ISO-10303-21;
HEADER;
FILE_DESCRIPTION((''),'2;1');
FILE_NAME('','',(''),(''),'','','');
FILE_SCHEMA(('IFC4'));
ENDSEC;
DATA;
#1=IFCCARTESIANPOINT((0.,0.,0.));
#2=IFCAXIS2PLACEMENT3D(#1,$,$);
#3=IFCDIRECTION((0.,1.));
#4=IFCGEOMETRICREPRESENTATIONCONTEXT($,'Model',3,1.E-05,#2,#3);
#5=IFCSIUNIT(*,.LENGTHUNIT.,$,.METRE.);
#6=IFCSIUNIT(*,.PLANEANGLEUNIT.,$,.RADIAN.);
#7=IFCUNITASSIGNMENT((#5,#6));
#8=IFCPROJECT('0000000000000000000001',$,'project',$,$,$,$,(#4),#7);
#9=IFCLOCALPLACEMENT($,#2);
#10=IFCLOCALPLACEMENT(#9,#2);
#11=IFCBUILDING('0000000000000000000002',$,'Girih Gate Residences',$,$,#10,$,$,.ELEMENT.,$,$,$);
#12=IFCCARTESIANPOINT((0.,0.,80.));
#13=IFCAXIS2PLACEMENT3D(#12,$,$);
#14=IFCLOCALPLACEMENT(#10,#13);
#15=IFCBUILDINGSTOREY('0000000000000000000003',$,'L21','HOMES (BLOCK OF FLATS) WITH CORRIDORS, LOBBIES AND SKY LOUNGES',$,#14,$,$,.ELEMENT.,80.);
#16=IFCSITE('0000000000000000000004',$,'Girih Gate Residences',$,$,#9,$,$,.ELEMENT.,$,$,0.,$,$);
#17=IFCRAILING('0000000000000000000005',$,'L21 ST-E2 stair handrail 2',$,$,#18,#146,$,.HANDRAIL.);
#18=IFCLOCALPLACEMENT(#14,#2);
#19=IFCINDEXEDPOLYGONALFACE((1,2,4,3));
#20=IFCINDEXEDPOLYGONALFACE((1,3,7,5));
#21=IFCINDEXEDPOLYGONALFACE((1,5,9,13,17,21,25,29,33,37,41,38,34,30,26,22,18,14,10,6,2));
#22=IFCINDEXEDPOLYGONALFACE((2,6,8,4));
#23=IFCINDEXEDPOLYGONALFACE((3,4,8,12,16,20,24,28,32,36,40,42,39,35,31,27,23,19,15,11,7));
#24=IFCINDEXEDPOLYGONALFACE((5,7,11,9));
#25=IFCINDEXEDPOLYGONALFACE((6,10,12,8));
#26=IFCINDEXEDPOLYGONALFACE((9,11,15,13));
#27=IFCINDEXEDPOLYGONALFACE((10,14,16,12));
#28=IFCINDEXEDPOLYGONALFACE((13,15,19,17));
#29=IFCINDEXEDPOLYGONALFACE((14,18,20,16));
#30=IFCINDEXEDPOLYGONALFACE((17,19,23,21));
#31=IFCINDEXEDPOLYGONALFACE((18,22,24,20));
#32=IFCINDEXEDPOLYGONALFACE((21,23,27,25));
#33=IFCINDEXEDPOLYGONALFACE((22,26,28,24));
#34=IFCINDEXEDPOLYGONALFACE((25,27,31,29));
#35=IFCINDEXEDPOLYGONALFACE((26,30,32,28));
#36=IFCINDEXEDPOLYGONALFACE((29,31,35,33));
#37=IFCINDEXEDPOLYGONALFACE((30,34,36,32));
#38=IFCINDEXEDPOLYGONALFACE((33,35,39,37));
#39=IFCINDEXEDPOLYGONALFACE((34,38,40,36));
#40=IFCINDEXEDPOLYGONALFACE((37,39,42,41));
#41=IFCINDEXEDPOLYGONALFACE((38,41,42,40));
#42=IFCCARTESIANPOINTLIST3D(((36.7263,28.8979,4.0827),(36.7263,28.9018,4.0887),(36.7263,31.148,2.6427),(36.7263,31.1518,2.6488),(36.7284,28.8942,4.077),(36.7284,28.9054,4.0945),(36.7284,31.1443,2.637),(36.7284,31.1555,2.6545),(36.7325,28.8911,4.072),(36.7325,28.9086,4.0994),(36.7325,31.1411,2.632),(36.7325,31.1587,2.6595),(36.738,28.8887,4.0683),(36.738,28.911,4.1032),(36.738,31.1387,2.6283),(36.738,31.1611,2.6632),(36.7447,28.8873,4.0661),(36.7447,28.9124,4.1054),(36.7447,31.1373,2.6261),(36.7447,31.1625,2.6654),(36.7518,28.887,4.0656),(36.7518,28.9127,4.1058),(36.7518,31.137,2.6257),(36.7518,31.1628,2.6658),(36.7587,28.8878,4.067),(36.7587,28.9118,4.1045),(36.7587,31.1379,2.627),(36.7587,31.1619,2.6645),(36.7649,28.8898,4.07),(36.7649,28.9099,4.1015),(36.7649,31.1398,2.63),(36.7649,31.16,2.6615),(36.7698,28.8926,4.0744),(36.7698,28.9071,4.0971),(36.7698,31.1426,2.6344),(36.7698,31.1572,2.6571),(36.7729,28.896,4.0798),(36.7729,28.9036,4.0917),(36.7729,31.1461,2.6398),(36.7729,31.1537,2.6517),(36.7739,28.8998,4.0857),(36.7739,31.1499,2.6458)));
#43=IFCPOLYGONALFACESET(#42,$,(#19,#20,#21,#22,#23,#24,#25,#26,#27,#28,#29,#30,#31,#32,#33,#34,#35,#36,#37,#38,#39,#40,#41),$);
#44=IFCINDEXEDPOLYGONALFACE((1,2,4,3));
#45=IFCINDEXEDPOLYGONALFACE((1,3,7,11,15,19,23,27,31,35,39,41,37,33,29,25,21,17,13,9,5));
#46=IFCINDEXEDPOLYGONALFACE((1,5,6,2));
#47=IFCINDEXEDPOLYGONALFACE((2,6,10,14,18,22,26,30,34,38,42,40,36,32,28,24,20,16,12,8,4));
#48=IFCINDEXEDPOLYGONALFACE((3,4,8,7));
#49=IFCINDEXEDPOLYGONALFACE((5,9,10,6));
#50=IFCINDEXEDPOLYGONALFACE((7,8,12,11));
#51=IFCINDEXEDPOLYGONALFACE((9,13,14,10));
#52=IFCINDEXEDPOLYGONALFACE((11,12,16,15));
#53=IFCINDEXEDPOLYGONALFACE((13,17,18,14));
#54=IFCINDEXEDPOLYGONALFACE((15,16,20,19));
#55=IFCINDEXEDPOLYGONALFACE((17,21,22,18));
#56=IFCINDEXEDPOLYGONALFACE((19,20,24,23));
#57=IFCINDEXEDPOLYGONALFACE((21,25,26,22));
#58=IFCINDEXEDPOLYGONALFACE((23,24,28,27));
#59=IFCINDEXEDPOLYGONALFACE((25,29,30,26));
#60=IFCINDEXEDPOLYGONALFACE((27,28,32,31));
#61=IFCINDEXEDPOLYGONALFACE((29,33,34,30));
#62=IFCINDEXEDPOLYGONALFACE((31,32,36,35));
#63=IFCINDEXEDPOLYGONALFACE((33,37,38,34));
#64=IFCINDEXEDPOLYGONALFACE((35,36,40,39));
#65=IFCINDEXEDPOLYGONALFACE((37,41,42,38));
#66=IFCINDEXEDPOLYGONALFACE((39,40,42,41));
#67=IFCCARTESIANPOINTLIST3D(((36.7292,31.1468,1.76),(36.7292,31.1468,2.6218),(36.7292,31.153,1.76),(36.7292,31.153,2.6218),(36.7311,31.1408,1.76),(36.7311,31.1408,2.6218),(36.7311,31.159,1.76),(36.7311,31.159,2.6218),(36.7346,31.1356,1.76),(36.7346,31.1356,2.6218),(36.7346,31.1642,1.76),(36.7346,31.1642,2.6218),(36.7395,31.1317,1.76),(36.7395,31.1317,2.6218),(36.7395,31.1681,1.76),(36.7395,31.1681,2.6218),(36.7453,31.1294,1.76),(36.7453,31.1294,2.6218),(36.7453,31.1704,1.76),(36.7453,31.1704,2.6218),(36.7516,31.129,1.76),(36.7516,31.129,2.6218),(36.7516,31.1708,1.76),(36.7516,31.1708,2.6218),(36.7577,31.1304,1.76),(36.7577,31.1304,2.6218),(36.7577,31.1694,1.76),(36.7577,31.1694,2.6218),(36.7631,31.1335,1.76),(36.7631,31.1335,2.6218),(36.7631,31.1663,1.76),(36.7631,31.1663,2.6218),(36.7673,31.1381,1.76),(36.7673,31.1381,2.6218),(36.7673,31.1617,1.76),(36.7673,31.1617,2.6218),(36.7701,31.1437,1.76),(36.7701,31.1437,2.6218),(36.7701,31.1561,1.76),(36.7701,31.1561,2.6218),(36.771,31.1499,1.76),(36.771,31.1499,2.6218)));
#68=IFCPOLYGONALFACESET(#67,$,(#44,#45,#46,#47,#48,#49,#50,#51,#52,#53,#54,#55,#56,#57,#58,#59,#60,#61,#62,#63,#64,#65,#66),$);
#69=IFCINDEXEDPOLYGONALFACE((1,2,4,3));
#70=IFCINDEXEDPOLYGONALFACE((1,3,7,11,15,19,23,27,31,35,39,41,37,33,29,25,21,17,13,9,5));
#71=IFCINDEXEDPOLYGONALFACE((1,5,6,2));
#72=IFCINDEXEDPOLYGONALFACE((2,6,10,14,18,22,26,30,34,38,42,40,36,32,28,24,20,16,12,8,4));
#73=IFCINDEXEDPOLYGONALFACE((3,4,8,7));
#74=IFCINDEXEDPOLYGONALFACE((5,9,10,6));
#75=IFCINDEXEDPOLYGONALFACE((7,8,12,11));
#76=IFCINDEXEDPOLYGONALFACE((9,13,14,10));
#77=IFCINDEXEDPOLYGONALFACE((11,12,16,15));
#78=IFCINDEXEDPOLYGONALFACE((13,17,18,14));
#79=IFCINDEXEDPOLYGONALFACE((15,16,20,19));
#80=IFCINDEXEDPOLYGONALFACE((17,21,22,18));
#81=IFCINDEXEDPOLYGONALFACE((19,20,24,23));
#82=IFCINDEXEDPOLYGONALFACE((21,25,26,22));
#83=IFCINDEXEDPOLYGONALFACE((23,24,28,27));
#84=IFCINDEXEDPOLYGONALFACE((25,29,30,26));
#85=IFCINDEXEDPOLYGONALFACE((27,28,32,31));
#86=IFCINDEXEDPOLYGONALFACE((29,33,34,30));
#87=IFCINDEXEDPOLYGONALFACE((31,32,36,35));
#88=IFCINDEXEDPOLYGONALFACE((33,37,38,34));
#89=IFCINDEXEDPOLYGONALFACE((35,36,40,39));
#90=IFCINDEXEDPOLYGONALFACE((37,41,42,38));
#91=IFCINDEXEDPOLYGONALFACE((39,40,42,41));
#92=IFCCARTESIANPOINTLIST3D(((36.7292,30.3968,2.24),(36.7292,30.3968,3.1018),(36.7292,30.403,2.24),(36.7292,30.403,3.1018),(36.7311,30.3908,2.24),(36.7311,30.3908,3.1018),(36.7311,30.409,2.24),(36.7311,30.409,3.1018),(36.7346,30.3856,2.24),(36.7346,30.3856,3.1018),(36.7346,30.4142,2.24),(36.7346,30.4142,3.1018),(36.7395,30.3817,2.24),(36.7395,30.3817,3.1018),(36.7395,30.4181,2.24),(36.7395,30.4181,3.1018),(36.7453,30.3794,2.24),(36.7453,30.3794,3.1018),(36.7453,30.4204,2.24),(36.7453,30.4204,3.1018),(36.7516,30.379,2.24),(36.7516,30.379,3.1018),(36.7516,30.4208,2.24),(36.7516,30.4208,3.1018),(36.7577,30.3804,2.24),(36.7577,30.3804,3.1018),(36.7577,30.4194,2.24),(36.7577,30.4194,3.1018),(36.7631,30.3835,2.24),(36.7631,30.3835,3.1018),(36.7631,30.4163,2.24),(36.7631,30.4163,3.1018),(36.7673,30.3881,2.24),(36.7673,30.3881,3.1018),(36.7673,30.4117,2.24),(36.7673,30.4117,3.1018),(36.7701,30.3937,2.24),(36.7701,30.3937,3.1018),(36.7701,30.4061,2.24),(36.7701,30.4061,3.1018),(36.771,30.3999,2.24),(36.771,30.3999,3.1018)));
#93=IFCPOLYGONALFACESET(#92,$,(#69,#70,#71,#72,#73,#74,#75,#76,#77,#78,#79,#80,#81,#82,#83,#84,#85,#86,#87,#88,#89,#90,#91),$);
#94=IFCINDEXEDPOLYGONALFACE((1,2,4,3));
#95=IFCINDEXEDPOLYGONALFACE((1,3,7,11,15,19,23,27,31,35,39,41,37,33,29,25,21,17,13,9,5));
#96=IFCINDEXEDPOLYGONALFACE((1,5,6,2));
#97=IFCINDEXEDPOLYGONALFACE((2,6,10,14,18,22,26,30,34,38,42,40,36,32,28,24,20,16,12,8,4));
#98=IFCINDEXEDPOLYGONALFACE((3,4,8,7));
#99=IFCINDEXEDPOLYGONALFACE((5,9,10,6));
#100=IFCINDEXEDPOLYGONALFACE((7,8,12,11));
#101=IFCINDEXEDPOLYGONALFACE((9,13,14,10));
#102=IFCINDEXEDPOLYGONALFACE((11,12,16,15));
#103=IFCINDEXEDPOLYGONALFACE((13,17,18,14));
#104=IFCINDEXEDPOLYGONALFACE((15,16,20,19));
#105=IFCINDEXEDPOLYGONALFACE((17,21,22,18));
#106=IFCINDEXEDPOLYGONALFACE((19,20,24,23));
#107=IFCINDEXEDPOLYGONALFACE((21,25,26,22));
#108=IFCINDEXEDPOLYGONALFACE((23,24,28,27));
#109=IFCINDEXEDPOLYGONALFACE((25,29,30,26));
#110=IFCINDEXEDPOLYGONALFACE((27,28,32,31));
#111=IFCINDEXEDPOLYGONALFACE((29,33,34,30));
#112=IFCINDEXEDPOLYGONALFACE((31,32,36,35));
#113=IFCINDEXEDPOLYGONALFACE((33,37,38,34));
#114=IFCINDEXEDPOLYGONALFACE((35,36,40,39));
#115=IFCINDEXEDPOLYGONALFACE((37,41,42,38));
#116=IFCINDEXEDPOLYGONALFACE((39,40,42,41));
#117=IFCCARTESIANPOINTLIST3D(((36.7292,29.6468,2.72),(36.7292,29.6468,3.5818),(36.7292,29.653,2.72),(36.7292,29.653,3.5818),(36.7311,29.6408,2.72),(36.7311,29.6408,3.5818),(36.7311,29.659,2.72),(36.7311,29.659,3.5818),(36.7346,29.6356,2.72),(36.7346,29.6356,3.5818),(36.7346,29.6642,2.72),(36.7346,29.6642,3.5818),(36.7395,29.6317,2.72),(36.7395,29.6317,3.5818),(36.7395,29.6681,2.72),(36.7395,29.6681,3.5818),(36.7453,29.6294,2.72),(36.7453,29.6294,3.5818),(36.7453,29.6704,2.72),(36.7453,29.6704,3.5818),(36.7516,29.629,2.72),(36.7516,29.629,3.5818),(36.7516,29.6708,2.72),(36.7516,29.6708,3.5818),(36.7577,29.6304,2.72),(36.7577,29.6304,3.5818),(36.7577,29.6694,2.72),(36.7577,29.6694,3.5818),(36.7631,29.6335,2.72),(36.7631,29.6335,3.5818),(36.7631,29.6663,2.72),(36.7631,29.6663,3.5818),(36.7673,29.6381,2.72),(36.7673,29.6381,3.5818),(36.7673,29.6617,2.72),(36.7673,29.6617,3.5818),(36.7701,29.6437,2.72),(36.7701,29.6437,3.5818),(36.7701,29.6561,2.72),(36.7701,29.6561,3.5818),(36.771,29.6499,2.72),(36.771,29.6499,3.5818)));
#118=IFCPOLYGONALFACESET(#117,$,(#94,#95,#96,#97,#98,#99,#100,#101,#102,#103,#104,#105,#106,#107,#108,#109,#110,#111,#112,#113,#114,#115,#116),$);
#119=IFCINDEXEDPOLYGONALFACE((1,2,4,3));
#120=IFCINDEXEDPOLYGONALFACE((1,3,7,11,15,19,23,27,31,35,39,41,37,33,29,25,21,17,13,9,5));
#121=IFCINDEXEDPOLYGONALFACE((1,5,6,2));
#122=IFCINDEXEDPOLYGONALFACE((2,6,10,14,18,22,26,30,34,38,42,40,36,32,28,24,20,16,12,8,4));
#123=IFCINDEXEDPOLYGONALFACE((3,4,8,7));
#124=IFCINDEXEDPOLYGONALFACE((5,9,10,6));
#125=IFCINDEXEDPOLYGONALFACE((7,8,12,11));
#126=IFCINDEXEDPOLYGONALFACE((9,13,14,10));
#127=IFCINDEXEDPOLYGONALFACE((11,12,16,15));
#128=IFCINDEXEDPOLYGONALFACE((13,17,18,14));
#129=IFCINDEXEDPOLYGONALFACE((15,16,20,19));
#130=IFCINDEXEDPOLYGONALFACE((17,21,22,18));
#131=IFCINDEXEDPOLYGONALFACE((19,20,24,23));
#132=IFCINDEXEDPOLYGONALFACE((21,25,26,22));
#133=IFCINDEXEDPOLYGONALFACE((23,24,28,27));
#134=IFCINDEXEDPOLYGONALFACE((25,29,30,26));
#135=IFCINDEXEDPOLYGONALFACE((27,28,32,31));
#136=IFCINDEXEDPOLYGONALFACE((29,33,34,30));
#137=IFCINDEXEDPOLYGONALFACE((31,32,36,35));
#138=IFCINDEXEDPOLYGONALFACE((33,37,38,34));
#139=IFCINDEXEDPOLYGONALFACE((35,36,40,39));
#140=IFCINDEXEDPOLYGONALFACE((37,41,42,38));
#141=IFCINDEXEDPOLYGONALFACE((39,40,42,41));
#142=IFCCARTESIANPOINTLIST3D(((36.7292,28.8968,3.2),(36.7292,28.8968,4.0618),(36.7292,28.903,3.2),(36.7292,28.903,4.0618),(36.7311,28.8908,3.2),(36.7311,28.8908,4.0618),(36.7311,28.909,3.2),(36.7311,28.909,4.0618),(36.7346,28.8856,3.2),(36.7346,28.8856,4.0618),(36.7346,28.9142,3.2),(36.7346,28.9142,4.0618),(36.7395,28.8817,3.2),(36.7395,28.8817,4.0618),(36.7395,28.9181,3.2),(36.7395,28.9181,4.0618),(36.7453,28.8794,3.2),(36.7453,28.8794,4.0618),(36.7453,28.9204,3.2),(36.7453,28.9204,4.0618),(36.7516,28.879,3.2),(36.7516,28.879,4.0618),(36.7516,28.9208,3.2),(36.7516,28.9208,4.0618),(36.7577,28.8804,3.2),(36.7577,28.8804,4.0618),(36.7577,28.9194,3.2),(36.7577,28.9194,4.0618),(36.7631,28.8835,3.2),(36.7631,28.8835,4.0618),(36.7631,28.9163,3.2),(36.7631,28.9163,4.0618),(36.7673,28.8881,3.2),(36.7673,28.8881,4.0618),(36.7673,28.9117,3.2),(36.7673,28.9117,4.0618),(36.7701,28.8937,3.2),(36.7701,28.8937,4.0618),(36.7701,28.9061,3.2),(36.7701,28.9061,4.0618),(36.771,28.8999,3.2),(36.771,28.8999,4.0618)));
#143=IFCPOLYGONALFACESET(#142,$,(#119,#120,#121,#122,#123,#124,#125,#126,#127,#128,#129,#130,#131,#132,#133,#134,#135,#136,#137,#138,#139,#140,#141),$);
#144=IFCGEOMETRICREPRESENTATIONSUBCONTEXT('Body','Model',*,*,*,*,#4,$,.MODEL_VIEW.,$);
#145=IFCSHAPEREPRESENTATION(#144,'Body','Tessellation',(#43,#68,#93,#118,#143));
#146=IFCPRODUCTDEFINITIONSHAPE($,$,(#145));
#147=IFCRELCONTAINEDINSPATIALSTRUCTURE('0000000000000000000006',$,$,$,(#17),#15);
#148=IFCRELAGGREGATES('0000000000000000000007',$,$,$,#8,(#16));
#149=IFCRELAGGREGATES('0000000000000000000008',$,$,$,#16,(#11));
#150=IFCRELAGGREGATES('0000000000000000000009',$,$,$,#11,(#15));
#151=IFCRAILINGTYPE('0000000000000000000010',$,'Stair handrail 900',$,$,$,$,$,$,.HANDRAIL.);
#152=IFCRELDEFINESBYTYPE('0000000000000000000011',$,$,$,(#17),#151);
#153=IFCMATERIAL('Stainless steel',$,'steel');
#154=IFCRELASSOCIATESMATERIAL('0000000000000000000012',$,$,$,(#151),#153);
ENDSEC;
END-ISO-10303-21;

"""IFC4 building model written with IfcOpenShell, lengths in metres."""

from ifc_helpers import new_model, si_unit, direction, frame, origin, origin_2d, place, context, subcontext, project, spatial, circle, extrude, material, type_object, element, save


model = new_model("IFC4")

# Units and contexts
model_context = context("Model", 3, precision=1e-05, world=origin(), true_north=direction((0.0, 1.0)))
body_context = subcontext(model_context, "Body", "Model", "MODEL_VIEW")
ifc_project = project(units=[si_unit("LENGTHUNIT", "METRE"), si_unit("PLANEANGLEUNIT", "RADIAN")], contexts=[model_context])

# Site, building, storey
site_placement = place(None, origin())
site = spatial("IfcSite", under=ifc_project, at=site_placement, Name="Girih Gate Residences", CompositionType="ELEMENT", RefElevation=0.0)
building_placement = place(site_placement, origin())
building = spatial("IfcBuilding", under=site, at=building_placement, Name="Girih Gate Residences", CompositionType="ELEMENT")
storey_placement = place(building_placement, frame((0.0, 0.0, 80.0)))
storey = spatial("IfcBuildingStorey", under=building, at=storey_placement, Name="L21", Description="HOMES (BLOCK OF FLATS) WITH CORRIDORS, LOBBIES AND SKY LOUNGES", CompositionType="ELEMENT", Elevation=80.0)

# Shared definitions
ifc_material_1 = material(Name="Stainless steel", Category="steel")

# Railing
railing_type_1 = type_object("IfcRailingType", Name="Stair handrail 900", PredefinedType="HANDRAIL", material=ifc_material_1)
railing_1_placement = place(storey_placement, frame((36.75, 31.1499, 1.76)))
element("IfcRailing", 1, at=railing_1_placement, inside=storey, type_object=railing_type_1, Name="L21 ST-E2 stair handrail 2", PredefinedType="HANDRAIL", context=body_context, shape_type="SweptSolid", body=[
    extrude(circle(Radius=0.0239, at=origin_2d()), frame((0.0, 0.0, 0.8857), z_axis=(0.0, -0.842281, 0.539038), x_axis=(1.0, 0.0, 0.0)), (0.0, 0.0, 1.0), 2.6714),
    extrude(circle(Radius=0.021, at=origin_2d()), origin(), (0.0, 0.0, 1.0), 0.8618),
    extrude(circle(Radius=0.021, at=origin_2d()), frame((0.0, -0.75, 0.48)), (0.0, 0.0, 1.0), 0.8618),
    extrude(circle(Radius=0.021, at=origin_2d()), frame((0.0, -1.5, 0.96)), (0.0, 0.0, 1.0), 0.8618),
    extrude(circle(Radius=0.021, at=origin_2d()), frame((0.0, -2.25, 1.4399)), (0.0, 0.0, 1.0), 0.8618),
])

save(model, "model.ifc")
